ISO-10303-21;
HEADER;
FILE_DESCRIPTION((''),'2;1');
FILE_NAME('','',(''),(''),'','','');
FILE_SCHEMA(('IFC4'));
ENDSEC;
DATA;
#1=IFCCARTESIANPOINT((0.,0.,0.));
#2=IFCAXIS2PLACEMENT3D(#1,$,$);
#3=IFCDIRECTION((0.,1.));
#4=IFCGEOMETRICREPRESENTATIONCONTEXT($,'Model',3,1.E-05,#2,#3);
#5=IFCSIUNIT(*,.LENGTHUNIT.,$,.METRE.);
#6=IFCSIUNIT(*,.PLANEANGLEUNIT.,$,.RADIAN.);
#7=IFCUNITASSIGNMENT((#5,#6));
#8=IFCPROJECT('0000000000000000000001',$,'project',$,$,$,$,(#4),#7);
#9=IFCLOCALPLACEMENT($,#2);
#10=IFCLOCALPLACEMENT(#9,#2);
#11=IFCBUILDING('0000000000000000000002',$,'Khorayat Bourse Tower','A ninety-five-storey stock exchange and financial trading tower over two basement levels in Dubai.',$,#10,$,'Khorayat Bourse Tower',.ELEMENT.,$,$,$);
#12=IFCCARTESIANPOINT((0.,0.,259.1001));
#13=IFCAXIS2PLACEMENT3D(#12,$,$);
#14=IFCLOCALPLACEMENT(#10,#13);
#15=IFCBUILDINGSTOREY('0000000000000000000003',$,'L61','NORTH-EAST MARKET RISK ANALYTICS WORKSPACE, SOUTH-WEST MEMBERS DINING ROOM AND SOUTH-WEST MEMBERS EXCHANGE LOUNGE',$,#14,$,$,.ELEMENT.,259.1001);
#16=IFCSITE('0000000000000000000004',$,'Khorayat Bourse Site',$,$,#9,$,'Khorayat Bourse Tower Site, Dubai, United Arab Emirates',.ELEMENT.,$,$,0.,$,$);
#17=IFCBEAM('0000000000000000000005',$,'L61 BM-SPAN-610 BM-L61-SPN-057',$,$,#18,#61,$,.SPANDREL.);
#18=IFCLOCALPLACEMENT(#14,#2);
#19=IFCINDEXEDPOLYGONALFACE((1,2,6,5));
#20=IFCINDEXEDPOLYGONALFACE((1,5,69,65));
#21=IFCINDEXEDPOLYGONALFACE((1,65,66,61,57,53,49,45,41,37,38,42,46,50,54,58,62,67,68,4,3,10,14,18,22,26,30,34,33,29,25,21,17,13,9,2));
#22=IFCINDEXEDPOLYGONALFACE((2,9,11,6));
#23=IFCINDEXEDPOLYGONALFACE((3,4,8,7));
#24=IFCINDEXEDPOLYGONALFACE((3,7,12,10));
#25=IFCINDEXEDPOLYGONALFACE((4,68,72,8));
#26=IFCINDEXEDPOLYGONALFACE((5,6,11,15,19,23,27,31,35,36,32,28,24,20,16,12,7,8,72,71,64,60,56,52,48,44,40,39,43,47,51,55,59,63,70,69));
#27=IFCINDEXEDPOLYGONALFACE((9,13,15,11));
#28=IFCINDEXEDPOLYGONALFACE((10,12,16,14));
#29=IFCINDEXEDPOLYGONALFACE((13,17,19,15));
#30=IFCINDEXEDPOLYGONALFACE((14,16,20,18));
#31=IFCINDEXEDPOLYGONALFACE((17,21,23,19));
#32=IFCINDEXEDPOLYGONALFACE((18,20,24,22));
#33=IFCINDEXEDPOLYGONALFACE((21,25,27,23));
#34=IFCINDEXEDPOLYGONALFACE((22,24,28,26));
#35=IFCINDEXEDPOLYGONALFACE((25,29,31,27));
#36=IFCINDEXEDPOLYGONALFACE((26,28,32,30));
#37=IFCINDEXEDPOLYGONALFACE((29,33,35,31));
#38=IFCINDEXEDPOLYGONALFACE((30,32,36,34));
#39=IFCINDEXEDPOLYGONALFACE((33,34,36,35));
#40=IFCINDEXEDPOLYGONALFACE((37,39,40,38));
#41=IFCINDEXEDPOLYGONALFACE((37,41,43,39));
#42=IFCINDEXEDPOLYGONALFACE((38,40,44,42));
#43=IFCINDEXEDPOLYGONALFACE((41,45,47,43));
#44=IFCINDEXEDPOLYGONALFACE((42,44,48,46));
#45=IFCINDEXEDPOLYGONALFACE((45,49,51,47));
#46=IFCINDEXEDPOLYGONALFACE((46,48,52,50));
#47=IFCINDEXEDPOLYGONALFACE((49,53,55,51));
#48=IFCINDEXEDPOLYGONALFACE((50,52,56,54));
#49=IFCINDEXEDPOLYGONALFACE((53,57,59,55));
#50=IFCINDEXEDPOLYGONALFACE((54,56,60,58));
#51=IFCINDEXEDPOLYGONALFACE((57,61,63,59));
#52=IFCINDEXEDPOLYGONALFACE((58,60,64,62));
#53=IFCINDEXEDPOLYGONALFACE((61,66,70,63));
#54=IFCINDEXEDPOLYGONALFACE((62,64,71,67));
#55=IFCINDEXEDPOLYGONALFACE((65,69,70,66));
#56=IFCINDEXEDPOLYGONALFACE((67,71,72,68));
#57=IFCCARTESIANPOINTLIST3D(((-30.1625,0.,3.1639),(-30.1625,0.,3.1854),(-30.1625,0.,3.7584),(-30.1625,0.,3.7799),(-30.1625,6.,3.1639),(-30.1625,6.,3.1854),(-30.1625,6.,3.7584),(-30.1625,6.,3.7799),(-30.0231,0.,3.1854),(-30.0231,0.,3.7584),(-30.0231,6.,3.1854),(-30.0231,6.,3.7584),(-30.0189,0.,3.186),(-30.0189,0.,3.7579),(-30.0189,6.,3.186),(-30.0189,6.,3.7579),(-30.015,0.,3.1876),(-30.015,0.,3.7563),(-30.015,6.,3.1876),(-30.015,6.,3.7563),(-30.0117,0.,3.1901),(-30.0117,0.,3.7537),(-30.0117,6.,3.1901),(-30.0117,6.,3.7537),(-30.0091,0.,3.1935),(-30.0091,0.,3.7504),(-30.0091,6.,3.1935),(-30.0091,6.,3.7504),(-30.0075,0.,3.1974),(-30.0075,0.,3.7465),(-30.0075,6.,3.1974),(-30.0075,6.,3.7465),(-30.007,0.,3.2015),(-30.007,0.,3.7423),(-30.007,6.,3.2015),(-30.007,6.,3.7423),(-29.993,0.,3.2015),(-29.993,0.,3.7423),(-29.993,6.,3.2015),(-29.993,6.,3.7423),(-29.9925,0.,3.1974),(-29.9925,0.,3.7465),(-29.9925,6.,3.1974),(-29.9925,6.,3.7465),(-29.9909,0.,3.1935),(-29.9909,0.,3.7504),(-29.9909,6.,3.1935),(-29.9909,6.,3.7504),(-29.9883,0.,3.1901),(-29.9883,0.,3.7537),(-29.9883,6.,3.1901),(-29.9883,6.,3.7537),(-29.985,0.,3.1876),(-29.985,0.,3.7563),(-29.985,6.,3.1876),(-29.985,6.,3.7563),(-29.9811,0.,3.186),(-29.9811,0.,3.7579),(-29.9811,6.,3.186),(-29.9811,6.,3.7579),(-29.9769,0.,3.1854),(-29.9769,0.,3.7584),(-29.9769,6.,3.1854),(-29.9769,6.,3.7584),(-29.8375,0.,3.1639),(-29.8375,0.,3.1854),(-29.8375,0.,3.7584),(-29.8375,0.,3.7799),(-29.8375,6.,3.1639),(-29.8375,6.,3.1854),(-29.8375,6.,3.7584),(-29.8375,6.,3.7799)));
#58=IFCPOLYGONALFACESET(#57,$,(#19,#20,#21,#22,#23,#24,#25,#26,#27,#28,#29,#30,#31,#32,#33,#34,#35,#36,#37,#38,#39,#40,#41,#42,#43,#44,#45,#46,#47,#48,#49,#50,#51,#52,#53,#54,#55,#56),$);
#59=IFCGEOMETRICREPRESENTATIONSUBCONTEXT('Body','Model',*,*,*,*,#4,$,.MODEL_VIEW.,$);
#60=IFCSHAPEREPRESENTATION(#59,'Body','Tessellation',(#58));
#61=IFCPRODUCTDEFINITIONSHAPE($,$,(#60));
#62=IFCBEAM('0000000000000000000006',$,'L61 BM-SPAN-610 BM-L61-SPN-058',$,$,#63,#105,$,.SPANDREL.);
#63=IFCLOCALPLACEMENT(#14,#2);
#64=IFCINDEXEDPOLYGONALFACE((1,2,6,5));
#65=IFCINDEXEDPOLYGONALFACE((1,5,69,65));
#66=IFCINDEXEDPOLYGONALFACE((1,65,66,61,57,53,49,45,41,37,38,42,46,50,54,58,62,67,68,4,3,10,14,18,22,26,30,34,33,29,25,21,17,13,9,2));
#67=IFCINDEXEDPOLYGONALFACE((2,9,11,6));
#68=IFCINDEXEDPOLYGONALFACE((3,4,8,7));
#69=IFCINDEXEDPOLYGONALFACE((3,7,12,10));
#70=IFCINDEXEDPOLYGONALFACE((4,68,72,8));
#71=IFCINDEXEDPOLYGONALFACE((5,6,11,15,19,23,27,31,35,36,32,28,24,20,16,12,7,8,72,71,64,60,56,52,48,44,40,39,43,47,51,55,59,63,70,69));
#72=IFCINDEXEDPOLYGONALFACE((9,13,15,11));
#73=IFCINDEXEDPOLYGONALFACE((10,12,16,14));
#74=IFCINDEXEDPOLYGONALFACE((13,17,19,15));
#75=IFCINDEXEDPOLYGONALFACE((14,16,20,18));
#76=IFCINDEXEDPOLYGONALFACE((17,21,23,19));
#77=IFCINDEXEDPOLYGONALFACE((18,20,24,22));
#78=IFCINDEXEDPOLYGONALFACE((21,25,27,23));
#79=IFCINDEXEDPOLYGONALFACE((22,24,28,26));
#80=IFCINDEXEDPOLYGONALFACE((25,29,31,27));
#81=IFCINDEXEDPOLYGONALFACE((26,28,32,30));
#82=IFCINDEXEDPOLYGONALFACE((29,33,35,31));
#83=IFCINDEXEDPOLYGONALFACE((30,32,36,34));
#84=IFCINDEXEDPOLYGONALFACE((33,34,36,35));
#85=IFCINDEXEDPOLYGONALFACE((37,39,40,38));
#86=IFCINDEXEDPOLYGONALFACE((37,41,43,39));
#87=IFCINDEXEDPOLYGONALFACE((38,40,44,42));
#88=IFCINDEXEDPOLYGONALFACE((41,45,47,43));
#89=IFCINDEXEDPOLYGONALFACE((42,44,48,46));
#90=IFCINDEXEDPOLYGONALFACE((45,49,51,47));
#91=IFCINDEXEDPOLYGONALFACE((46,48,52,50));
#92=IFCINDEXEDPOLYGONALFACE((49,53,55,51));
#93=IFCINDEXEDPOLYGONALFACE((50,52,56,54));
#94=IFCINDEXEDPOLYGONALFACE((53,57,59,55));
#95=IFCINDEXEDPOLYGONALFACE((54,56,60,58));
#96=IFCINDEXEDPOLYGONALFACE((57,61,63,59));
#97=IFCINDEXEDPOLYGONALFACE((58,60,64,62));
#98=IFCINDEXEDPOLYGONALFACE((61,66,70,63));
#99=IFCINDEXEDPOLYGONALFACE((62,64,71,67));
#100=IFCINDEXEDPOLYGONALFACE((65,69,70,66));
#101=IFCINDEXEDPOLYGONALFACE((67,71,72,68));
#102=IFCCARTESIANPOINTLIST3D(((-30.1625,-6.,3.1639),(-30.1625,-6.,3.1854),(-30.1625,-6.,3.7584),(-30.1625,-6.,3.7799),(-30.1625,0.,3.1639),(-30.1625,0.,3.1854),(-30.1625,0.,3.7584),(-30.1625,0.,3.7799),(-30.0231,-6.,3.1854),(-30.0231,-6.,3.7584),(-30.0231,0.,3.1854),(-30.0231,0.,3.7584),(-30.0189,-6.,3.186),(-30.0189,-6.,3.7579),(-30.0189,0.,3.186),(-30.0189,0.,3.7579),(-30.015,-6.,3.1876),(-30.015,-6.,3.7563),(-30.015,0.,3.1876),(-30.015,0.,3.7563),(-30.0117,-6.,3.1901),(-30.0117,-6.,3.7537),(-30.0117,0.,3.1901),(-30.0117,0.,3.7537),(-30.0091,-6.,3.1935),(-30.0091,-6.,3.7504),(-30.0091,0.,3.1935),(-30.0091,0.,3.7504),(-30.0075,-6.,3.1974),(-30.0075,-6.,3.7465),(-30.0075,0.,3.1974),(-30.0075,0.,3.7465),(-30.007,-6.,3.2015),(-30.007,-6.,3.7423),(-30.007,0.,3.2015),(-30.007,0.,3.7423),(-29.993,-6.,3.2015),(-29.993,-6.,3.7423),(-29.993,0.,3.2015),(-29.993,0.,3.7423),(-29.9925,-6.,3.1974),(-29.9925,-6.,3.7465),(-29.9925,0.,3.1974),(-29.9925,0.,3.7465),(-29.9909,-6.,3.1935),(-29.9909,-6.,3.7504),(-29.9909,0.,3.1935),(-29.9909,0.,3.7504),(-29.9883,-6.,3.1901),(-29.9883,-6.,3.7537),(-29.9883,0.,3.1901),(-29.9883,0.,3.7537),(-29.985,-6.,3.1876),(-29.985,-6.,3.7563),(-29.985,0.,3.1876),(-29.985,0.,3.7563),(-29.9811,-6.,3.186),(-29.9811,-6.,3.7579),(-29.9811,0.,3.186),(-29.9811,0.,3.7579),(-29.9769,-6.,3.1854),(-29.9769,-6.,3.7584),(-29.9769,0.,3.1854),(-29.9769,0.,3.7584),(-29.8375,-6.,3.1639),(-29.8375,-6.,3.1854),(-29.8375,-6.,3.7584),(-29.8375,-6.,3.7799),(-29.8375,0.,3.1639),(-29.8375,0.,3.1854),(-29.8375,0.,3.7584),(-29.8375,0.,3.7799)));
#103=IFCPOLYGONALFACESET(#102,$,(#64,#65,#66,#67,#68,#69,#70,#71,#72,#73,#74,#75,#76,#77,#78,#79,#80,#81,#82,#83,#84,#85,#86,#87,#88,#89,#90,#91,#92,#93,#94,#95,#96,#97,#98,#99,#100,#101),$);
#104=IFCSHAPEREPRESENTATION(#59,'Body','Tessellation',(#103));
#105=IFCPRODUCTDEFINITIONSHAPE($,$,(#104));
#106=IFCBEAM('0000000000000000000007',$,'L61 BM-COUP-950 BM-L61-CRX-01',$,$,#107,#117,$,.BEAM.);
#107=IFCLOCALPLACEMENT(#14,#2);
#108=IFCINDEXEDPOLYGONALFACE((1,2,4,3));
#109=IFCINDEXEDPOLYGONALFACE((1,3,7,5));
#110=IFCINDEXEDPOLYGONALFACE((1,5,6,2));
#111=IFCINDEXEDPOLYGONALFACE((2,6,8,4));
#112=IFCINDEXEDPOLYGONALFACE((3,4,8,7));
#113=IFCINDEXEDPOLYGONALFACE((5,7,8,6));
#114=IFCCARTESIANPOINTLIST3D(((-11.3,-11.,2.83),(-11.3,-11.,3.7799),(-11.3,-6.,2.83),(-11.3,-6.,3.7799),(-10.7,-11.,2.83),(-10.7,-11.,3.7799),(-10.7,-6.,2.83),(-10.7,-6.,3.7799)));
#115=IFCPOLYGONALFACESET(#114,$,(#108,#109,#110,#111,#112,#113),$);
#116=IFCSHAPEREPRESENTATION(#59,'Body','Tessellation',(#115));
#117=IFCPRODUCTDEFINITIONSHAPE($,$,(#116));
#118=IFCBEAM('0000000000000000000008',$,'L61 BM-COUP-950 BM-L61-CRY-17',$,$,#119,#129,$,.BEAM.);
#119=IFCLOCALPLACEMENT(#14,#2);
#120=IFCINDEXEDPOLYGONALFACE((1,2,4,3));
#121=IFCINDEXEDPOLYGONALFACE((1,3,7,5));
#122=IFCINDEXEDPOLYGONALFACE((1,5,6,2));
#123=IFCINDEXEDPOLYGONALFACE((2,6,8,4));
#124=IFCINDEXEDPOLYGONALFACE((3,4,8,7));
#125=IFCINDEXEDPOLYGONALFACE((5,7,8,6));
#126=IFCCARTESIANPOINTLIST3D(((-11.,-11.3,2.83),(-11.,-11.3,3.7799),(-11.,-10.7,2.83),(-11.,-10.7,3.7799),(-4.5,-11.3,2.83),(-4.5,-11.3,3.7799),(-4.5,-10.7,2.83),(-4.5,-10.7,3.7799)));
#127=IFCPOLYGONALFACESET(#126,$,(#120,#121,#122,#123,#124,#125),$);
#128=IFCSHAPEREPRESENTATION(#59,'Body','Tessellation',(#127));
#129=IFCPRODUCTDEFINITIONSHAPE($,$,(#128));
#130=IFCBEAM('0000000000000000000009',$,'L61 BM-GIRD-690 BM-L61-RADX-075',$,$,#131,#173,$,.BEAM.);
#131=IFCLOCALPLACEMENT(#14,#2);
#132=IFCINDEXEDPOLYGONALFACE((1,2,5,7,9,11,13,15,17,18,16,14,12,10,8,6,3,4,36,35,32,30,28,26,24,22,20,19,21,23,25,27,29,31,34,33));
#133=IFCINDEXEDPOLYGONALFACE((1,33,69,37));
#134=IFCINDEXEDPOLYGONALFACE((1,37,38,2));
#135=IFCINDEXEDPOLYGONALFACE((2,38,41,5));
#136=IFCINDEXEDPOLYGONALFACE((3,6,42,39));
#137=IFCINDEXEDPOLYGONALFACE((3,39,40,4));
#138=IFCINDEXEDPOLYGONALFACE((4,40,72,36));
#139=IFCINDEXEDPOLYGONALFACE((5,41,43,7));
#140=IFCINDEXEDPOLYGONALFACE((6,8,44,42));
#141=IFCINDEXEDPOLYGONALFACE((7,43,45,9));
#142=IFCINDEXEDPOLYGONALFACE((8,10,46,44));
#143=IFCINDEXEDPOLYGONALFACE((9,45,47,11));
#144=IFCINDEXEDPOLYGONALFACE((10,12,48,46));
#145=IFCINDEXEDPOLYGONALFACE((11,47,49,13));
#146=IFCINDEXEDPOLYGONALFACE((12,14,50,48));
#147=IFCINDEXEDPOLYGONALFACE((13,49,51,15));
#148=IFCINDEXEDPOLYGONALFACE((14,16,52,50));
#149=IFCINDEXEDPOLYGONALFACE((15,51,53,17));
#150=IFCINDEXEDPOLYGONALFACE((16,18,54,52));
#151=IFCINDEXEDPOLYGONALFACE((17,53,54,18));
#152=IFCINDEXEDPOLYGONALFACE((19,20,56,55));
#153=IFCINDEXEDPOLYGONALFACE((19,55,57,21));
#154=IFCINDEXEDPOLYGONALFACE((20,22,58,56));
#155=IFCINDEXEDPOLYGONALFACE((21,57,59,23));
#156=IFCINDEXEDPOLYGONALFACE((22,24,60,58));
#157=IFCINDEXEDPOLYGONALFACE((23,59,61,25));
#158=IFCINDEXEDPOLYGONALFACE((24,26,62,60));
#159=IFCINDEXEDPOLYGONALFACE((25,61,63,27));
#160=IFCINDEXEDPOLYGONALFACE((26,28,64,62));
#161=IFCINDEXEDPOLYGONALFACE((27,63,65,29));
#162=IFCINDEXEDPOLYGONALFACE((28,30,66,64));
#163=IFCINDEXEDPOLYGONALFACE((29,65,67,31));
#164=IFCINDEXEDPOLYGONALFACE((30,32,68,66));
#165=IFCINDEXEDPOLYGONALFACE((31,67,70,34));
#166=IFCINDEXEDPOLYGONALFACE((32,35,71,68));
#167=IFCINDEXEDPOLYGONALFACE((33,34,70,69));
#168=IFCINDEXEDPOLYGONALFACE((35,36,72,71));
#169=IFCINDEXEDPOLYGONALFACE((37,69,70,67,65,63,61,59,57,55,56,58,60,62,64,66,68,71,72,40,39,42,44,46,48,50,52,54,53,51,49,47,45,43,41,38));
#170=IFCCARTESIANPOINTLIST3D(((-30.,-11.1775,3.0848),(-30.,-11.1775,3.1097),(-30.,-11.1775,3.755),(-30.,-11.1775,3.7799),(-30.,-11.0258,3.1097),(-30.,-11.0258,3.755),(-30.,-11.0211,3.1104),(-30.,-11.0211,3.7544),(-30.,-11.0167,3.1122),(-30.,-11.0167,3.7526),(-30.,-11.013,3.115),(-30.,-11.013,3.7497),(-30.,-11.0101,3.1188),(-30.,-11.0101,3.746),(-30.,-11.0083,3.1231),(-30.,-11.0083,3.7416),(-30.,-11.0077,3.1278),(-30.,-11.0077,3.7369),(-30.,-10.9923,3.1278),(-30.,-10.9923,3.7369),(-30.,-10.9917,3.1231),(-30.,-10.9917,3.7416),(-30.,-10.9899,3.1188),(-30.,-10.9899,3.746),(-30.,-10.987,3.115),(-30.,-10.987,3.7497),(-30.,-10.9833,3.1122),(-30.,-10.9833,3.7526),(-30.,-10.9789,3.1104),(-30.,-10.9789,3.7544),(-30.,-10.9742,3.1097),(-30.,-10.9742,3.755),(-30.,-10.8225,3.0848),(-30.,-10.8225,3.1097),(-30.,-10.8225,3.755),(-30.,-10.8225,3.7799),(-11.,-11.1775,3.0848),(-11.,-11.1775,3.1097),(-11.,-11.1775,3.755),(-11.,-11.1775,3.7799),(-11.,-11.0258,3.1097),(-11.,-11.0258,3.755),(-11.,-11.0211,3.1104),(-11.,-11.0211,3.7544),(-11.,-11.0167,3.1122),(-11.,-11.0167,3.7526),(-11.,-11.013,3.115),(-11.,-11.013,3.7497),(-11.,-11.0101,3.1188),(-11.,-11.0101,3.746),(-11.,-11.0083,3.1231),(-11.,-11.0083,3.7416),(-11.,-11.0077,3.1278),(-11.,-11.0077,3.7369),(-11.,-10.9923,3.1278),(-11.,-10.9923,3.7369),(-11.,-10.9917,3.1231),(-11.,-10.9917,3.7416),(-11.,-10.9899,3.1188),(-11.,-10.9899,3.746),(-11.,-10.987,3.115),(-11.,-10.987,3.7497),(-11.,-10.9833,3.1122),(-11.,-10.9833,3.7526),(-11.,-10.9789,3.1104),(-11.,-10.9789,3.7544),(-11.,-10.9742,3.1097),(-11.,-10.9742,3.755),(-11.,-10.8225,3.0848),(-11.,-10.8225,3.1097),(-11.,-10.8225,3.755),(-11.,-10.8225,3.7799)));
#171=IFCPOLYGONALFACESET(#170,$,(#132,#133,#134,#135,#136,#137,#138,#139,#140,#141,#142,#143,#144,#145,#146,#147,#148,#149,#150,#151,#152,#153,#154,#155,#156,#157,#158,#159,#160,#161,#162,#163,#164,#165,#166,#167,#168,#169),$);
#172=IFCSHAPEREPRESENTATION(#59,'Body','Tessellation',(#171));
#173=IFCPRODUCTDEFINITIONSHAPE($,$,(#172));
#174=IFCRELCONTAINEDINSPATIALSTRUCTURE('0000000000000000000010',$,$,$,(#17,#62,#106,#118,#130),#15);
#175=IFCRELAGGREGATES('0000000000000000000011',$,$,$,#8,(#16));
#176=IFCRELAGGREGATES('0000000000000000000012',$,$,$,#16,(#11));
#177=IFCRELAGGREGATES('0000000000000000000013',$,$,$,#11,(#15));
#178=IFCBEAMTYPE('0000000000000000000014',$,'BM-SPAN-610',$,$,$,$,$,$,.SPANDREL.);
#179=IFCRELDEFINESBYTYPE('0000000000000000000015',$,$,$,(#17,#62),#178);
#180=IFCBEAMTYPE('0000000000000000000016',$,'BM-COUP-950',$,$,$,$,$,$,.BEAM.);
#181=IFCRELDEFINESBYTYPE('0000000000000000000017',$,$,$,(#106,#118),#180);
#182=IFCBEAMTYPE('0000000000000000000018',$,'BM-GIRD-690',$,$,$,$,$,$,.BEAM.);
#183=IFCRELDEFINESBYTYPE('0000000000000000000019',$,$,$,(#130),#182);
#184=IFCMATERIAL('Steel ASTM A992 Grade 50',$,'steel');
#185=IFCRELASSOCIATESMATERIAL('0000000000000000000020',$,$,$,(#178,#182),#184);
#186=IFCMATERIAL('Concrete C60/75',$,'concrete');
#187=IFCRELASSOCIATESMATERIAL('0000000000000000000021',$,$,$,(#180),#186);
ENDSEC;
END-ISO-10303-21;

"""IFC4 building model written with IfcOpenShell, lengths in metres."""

from ifc_helpers import new_model, si_unit, direction, frame, origin, origin_2d, place, context, subcontext, project, spatial, rectangle, i_section, extrude, source, transform, mapped, material, material_profile, profile_set, type_object, element, save


model = new_model("IFC4")

# Units and contexts
model_context = context("Model", 3, precision=1e-05, world=origin(), true_north=direction((0.0, 1.0)))
body_context = subcontext(model_context, "Body", "Model", "MODEL_VIEW")
ifc_project = project(units=[si_unit("LENGTHUNIT", "METRE"), si_unit("PLANEANGLEUNIT", "RADIAN")], contexts=[model_context])

# Site, building, storey
site_placement = place(None, origin())
site = spatial("IfcSite", under=ifc_project, at=site_placement, Name="Khorayat Bourse Site", LongName="Khorayat Bourse Tower Site, Dubai, United Arab Emirates", CompositionType="ELEMENT", RefElevation=0.0)
building_placement = place(site_placement, origin())
building = spatial("IfcBuilding", under=site, at=building_placement, Name="Khorayat Bourse Tower", Description="A ninety-five-storey stock exchange and financial trading tower over two basement levels in Dubai.", LongName="Khorayat Bourse Tower", CompositionType="ELEMENT")
storey_placement = place(building_placement, frame((0.0, 0.0, 259.1001)))
storey = spatial("IfcBuildingStorey", under=building, at=storey_placement, Name="L61", Description="NORTH-EAST MARKET RISK ANALYTICS WORKSPACE, SOUTH-WEST MEMBERS DINING ROOM AND SOUTH-WEST MEMBERS EXCHANGE LOUNGE", CompositionType="ELEMENT", Elevation=259.1001)

# Shared definitions
ifc_material_1 = material(Name="Concrete C60/75", Category="concrete")

# Beams
ifc_material_2 = material(Name="Steel ASTM A992 Grade 50", Category="steel")
ifc_material_profile_1 = material_profile(ifc_material_2, i_section(OverallWidth=0.325, OverallDepth=0.616, WebThickness=0.0139, FlangeThickness=0.0215, FilletRadius=0.0161, at=origin_2d()), Name="W610X174")
ifc_profile_set_1 = profile_set([ifc_material_profile_1], Name="Steel ASTM A992 Grade 50")
beam_type_1 = type_object("IfcBeamType", Name="BM-SPAN-610", PredefinedType="SPANDREL", material=ifc_profile_set_1)
shared_shape_1 = source(origin(), body_context, "Body", "SweptSolid", [
    extrude(i_section(OverallWidth=0.325, OverallDepth=0.616, WebThickness=0.0139, FlangeThickness=0.0215, FilletRadius=0.0161, at=origin_2d()), origin(), (0.0, 0.0, 1.0), 6.0),
])
for number, where, z_axis, x_axis, name in (
    (1, (-30.0, 0.0, 3.4719), (0.0, 1.0, 0.0), (-1.0, 0.0, 0.0), "L61 BM-SPAN-610 BM-L61-SPN-057"),
    (2, (-30.0, -6.0, 3.4719), (0.0, 1.0, 0.0), (-1.0, 0.0, 0.0), "L61 BM-SPAN-610 BM-L61-SPN-058"),
):
    element("IfcBeam", number, at=place(storey_placement, frame(where, z_axis=z_axis, x_axis=x_axis)), inside=storey, type_object=beam_type_1, Name=name, PredefinedType="SPANDREL", context=body_context, shape_type="MappedRepresentation", body=[
        mapped(shared_shape_1, transform((0.0, 0.0, 0.0), scale=1.0)),
    ])
ifc_material_profile_2 = material_profile(ifc_material_1, rectangle(XDim=0.6001, YDim=0.95, at=origin_2d()), Name="RC 600x950")
ifc_profile_set_2 = profile_set([ifc_material_profile_2], Name="Concrete C60/75")
beam_type_2 = type_object("IfcBeamType", Name="BM-COUP-950", PredefinedType="BEAM", material=ifc_profile_set_2)
shared_shape_2 = source(origin(), body_context, "Body", "SweptSolid", [
    extrude(rectangle(XDim=0.6001, YDim=0.95, at=origin_2d()), origin(), (0.0, 0.0, 1.0), 5.0),
])
beam_1_placement = place(storey_placement, frame((-11.0, -11.0, 3.3049), z_axis=(0.0, 1.0, 0.0), x_axis=(-1.0, 0.0, 0.0)))
element("IfcBeam", 3, at=beam_1_placement, inside=storey, type_object=beam_type_2, Name="L61 BM-COUP-950 BM-L61-CRX-01", PredefinedType="BEAM", context=body_context, shape_type="MappedRepresentation", body=[
    mapped(shared_shape_2, transform((0.0, 0.0, 0.0), scale=1.0)),
])
shared_shape_3 = source(origin(), body_context, "Body", "SweptSolid", [
    extrude(rectangle(XDim=0.6001, YDim=0.95, at=origin_2d()), origin(), (0.0, 0.0, 1.0), 6.5),
])
beam_2_placement = place(storey_placement, frame((-11.0, -11.0, 3.3049), z_axis=(1.0, 0.0, 0.0), x_axis=(0.0, 1.0, 0.0)))
element("IfcBeam", 4, at=beam_2_placement, inside=storey, type_object=beam_type_2, Name="L61 BM-COUP-950 BM-L61-CRY-17", PredefinedType="BEAM", context=body_context, shape_type="MappedRepresentation", body=[
    mapped(shared_shape_3, transform((0.0, 0.0, 0.0), scale=1.0)),
])
ifc_material_profile_3 = material_profile(ifc_material_2, i_section(OverallWidth=0.355, OverallDepth=0.6951, WebThickness=0.0154, FlangeThickness=0.0249, FilletRadius=0.0181, at=origin_2d()), Name="W690X217")
ifc_profile_set_3 = profile_set([ifc_material_profile_3], Name="Steel ASTM A992 Grade 50")
beam_type_3 = type_object("IfcBeamType", Name="BM-GIRD-690", PredefinedType="BEAM", material=ifc_profile_set_3)
shared_shape_4 = source(origin(), body_context, "Body", "SweptSolid", [
    extrude(i_section(OverallWidth=0.355, OverallDepth=0.6951, WebThickness=0.0154, FlangeThickness=0.0249, FilletRadius=0.0181, at=origin_2d()), origin(), (0.0, 0.0, 1.0), 19.0),
])
for number, where, z_axis, x_axis, name in (
    (5, (-30.0, -11.0, 3.4324), (1.0, 0.0, 0.0), (0.0, 1.0, 0.0), "L61 BM-GIRD-690 BM-L61-RADX-075"),
):
    element("IfcBeam", number, at=place(storey_placement, frame(where, z_axis=z_axis, x_axis=x_axis)), inside=storey, type_object=beam_type_3, Name=name, PredefinedType="BEAM", context=body_context, shape_type="MappedRepresentation", body=[
        mapped(shared_shape_4, transform((0.0, 0.0, 0.0), scale=1.0)),
    ])

save(model, "model.ifc")
